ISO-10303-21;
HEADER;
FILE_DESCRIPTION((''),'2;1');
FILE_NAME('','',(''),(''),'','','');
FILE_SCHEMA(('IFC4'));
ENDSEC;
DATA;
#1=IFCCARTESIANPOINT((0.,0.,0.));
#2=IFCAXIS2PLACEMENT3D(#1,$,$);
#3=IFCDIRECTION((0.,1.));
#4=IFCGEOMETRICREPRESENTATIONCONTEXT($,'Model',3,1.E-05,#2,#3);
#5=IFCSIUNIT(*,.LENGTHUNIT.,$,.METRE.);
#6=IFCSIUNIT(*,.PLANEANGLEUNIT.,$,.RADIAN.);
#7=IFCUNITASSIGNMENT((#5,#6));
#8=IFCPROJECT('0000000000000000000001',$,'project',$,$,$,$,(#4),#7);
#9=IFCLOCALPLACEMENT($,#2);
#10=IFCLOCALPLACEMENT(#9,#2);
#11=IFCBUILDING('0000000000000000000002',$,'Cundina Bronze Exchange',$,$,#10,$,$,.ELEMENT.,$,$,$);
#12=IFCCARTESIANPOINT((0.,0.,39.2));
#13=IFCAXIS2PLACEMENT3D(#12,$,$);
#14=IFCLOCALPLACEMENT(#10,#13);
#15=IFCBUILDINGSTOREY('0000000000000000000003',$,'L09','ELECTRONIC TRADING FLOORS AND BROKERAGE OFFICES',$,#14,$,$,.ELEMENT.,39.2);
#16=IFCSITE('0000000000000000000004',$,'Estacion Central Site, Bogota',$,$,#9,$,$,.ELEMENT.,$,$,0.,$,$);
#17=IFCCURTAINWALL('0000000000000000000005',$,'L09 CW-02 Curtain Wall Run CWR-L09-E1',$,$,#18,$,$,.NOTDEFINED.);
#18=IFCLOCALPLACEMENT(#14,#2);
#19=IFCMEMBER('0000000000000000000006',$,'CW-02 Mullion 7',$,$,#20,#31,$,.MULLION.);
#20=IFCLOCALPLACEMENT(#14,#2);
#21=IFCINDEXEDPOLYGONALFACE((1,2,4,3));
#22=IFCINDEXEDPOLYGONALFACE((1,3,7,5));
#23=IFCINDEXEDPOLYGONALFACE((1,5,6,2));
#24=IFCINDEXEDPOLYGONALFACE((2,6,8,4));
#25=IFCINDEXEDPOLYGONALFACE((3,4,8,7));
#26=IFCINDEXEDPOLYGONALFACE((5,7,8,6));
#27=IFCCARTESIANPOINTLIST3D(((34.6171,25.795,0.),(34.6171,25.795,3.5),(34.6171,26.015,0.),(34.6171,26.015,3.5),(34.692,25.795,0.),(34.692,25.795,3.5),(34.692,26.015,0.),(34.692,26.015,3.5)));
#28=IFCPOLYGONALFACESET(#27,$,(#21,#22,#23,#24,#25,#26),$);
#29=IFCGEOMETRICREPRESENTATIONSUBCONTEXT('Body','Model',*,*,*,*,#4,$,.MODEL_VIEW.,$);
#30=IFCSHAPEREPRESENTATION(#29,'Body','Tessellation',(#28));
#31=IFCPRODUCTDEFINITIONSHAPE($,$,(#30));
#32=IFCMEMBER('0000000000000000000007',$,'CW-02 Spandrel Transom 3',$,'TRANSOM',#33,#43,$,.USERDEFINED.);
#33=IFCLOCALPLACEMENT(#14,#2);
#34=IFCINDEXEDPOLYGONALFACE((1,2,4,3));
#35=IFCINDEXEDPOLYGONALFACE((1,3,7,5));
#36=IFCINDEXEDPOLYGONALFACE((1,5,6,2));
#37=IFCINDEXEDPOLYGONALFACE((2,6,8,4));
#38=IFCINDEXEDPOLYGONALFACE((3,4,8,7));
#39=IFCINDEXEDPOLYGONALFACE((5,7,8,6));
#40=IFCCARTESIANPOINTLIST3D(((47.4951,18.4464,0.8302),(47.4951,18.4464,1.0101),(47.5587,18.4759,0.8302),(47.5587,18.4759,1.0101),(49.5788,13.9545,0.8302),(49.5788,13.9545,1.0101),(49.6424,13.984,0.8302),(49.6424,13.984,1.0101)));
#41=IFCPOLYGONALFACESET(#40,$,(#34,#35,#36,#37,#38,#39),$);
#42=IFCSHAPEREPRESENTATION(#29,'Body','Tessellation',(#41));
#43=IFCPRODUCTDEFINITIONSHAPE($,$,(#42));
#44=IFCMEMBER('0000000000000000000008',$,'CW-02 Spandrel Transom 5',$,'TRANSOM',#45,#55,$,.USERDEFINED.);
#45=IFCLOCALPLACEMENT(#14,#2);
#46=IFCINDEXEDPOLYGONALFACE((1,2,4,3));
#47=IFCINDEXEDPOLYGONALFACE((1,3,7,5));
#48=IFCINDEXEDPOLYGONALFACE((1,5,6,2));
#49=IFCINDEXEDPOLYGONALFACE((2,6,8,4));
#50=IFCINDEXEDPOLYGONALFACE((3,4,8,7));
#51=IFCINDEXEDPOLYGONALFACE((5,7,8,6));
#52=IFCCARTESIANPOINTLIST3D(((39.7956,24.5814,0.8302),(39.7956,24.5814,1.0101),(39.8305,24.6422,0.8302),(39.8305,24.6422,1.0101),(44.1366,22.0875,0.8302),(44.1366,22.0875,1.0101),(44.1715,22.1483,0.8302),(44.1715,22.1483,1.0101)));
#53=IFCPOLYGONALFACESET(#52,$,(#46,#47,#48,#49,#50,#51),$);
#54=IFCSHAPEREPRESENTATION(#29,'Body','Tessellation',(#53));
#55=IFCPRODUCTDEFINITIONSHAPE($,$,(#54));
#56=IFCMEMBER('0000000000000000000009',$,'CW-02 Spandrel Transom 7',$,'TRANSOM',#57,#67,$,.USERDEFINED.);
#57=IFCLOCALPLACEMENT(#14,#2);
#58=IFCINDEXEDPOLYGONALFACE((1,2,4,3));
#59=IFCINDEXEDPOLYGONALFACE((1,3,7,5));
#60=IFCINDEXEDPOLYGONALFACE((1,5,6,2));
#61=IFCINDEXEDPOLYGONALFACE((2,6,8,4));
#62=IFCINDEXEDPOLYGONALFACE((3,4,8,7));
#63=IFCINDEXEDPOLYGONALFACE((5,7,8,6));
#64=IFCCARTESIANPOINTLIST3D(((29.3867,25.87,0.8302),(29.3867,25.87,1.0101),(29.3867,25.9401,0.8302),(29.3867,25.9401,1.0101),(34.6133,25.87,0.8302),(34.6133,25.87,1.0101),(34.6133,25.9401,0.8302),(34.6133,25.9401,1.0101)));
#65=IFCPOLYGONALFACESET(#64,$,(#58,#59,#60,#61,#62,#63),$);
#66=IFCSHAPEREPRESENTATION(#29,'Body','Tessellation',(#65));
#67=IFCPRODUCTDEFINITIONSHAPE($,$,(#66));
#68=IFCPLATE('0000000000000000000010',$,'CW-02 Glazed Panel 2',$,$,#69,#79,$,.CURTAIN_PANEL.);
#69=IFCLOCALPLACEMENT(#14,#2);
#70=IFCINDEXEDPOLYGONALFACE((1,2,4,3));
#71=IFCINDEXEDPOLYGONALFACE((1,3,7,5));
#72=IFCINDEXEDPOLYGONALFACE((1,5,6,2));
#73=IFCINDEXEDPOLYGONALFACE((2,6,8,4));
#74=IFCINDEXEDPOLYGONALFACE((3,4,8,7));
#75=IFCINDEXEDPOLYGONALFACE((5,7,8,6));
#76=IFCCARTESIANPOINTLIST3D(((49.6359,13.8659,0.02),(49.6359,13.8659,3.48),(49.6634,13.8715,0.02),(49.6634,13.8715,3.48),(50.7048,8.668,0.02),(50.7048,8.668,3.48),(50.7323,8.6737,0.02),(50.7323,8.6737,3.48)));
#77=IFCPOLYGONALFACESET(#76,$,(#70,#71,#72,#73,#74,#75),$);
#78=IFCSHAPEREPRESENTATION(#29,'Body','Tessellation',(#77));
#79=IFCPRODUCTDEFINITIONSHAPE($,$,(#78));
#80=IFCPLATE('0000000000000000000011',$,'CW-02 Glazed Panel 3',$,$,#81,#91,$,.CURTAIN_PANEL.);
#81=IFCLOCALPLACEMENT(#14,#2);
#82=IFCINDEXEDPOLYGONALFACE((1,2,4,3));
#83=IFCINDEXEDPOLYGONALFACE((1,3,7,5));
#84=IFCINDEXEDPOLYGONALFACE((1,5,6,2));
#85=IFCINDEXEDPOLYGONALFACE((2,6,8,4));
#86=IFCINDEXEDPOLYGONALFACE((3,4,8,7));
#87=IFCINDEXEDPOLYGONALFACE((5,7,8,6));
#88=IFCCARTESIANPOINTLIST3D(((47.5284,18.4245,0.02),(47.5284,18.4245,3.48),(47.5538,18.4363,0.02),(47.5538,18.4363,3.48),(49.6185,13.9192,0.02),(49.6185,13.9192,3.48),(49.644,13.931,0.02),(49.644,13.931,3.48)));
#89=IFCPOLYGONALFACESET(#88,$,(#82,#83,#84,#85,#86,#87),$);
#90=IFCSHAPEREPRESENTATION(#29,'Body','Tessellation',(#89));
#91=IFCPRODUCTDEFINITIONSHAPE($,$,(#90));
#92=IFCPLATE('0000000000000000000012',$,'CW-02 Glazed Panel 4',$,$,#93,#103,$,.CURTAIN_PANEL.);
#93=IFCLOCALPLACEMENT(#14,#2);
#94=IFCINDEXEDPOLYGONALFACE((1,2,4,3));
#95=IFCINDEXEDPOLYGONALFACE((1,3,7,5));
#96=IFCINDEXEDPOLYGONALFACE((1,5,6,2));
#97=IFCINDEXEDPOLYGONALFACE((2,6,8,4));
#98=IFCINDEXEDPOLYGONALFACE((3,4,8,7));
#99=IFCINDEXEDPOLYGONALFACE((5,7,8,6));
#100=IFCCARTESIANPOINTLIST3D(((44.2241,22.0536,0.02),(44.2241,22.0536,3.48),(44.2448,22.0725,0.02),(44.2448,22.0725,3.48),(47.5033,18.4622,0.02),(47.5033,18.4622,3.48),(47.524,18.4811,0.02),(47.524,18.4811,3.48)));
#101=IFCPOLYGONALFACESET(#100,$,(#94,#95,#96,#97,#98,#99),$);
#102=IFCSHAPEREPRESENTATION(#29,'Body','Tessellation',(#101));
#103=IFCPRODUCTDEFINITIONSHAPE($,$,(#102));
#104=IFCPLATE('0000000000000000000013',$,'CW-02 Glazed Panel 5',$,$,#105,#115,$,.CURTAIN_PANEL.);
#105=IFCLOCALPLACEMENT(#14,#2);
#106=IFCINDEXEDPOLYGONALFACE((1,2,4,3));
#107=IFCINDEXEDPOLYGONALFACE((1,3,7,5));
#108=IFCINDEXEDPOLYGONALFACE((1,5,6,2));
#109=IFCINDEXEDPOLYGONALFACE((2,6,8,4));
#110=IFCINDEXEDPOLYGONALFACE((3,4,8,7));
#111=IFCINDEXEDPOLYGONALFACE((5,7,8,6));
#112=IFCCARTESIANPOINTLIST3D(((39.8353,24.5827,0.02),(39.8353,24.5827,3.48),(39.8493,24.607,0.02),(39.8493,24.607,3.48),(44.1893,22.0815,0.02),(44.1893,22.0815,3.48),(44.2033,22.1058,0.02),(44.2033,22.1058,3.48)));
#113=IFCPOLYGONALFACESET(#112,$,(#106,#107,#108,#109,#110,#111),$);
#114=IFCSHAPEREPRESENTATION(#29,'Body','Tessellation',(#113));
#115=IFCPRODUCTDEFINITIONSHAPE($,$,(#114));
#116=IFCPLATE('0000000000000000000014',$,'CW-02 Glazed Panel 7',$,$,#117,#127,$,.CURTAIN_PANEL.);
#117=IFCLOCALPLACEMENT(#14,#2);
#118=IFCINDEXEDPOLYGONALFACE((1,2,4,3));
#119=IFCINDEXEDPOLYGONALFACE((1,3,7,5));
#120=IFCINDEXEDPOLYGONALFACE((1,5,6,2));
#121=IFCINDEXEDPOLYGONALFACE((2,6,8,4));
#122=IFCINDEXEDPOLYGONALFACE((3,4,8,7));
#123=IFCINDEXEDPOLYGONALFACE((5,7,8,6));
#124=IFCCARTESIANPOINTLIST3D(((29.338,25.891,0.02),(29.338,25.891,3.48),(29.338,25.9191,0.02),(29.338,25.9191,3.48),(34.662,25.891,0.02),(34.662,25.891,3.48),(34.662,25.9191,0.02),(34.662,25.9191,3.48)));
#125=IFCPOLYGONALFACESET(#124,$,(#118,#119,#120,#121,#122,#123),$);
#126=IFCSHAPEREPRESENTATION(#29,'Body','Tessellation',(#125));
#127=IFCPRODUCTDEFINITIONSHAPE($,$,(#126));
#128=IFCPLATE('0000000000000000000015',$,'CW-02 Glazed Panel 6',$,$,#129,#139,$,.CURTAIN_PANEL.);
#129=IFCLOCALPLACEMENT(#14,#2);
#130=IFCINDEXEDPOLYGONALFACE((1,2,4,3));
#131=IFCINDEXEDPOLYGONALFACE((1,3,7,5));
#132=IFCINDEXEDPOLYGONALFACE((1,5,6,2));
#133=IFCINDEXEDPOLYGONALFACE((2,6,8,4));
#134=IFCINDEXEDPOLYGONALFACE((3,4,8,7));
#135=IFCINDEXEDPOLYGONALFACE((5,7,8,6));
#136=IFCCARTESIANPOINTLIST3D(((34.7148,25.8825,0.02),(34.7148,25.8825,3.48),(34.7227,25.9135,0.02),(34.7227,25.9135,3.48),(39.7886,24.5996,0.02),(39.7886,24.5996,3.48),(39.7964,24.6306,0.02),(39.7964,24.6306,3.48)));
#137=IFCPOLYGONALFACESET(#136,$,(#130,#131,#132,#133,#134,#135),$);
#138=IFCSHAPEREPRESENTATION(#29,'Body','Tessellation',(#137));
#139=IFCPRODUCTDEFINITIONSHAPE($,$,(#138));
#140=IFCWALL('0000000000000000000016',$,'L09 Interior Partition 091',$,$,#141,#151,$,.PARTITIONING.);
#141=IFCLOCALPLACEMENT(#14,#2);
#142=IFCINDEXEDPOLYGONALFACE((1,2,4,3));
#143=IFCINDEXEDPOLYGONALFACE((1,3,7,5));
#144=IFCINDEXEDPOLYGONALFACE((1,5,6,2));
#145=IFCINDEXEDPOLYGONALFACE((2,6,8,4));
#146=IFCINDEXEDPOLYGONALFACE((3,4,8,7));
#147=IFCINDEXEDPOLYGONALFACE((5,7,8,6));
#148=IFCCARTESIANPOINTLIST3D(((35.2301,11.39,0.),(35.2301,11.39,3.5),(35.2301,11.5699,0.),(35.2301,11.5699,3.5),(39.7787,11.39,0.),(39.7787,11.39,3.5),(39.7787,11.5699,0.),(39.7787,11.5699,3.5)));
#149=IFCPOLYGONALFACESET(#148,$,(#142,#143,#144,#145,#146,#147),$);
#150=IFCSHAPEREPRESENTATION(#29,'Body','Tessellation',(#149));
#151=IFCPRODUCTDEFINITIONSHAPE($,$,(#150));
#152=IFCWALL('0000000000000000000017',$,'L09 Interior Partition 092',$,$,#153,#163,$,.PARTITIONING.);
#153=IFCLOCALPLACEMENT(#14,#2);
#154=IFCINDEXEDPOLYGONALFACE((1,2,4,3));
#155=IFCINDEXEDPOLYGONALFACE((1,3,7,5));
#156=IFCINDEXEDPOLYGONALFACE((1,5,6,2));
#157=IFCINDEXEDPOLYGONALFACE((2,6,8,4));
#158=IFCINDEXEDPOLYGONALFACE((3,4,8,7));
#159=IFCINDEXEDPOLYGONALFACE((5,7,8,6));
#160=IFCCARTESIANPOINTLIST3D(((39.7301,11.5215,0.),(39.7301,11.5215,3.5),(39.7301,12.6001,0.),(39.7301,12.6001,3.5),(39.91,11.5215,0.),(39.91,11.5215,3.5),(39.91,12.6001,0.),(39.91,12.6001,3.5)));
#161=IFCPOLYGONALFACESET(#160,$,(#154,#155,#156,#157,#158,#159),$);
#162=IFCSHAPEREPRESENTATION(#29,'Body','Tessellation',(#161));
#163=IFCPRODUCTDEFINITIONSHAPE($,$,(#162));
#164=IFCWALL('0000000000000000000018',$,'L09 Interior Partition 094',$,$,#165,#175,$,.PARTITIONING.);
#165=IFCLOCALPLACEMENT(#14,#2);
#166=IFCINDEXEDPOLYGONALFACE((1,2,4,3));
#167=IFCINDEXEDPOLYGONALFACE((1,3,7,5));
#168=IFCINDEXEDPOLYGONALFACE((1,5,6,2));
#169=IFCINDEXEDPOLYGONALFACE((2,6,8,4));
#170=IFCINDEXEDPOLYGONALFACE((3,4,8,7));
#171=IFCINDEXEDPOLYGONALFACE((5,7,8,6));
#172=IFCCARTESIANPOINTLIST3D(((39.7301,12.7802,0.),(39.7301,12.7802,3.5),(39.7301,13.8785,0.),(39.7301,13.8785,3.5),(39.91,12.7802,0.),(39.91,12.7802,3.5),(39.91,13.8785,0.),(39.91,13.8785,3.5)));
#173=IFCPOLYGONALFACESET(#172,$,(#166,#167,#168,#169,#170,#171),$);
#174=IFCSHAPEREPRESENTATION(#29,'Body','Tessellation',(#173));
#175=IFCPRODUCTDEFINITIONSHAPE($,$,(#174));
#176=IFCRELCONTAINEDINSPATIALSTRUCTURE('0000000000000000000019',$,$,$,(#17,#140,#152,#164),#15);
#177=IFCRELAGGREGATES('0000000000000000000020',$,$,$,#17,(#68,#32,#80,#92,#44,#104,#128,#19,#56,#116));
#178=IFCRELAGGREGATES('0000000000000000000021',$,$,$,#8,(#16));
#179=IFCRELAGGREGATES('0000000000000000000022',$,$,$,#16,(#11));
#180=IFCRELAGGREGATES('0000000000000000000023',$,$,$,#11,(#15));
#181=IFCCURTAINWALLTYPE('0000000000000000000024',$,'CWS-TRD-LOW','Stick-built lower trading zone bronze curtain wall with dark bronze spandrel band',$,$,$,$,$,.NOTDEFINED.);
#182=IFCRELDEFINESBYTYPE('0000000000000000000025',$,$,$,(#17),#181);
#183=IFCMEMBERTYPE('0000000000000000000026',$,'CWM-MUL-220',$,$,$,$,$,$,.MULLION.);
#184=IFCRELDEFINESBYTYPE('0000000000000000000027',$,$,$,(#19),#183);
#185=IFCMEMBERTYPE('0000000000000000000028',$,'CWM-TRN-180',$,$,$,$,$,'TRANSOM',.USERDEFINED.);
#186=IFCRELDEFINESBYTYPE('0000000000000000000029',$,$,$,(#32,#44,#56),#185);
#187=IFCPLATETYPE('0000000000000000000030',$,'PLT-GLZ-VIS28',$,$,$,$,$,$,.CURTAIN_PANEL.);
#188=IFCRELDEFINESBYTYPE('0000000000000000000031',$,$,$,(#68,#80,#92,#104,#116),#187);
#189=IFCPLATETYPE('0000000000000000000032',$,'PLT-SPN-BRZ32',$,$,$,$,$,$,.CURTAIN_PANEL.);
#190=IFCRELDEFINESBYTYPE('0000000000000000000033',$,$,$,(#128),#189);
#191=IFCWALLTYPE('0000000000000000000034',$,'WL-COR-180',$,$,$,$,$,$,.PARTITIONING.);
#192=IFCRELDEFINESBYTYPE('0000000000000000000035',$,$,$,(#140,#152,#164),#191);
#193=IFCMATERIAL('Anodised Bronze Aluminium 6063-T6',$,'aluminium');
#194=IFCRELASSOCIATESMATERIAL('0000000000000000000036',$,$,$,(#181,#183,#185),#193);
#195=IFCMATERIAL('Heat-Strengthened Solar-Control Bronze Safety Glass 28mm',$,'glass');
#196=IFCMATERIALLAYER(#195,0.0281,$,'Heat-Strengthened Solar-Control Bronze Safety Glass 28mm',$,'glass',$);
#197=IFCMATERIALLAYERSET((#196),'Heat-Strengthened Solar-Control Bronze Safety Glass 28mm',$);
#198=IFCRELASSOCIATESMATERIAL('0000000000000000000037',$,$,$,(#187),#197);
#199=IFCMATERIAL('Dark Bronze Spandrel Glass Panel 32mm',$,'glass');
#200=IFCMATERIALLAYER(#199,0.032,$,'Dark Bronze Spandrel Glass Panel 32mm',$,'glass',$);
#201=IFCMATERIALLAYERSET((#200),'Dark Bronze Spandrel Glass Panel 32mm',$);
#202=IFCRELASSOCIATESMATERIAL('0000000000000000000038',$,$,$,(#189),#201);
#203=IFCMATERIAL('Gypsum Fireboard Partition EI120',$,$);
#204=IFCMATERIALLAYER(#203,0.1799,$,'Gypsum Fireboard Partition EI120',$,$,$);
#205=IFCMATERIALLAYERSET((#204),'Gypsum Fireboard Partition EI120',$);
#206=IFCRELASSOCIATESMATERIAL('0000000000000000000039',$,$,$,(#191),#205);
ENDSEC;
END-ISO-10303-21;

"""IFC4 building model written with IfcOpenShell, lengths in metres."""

from ifc_helpers import new_model, si_unit, direction, frame, frame_2d, origin, origin_2d, place, context, subcontext, project, spatial, rectangle, extrude, material, layer, layer_set, material_profile, profile_set, type_object, element, aggregate, save


model = new_model("IFC4")

# Units and contexts
model_context = context("Model", 3, precision=1e-05, world=origin(), true_north=direction((0.0, 1.0)))
body_context = subcontext(model_context, "Body", "Model", "MODEL_VIEW")
ifc_project = project(units=[si_unit("LENGTHUNIT", "METRE"), si_unit("PLANEANGLEUNIT", "RADIAN")], contexts=[model_context])

# Site, building, storey
site_placement = place(None, origin())
site = spatial("IfcSite", under=ifc_project, at=site_placement, Name="Estacion Central Site, Bogota", CompositionType="ELEMENT", RefElevation=0.0)
building_placement = place(site_placement, origin())
building = spatial("IfcBuilding", under=site, at=building_placement, Name="Cundina Bronze Exchange", CompositionType="ELEMENT")
storey_placement = place(building_placement, frame((0.0, 0.0, 39.2)))
storey = spatial("IfcBuildingStorey", under=building, at=storey_placement, Name="L09", Description="ELECTRONIC TRADING FLOORS AND BROKERAGE OFFICES", CompositionType="ELEMENT", Elevation=39.2)

# Curtain wall, members, plates
ifc_material_1 = material(Name="Anodised Bronze Aluminium 6063-T6", Category="aluminium")
curtain_wall_type = type_object("IfcCurtainWallType", Name="CWS-TRD-LOW", Description="Stick-built lower trading zone bronze curtain wall with dark bronze spandrel band", PredefinedType="NOTDEFINED", material=ifc_material_1)
curtain_wall_placement = place(storey_placement, origin())
curtain_wall = element("IfcCurtainWall", 1, at=curtain_wall_placement, inside=storey, type_object=curtain_wall_type, Name="L09 CW-02 Curtain Wall Run CWR-L09-E1", PredefinedType="NOTDEFINED")
ifc_material_profile_1 = material_profile(ifc_material_1, rectangle(XDim=0.075, YDim=0.22, at=origin_2d()), Name="AL75X220", Category="aluminium")
ifc_profile_set_1 = profile_set([ifc_material_profile_1], Name="Anodised Bronze Aluminium 6063-T6")
member_type_1 = type_object("IfcMemberType", Name="CWM-MUL-220", PredefinedType="MULLION", material=ifc_profile_set_1)
member_1_placement = place(storey_placement, frame((34.6545, 25.905, 0.0), z_axis=(0.0, 0.0, 1.0), x_axis=(-1.0, 0.0, 0.0)))
member_1 = element("IfcMember", 2, at=member_1_placement, type_object=member_type_1, Name="CW-02 Mullion 7", PredefinedType="MULLION", context=body_context, shape_type="SweptSolid", body=[
    extrude(rectangle(XDim=0.075, YDim=0.22, at=origin_2d()), origin(), (0.0, 0.0, 1.0), 3.5),
])
ifc_material_profile_2 = material_profile(ifc_material_1, rectangle(XDim=0.0701, YDim=0.1799, at=origin_2d()), Name="AL70X180", Category="aluminium")
ifc_profile_set_2 = profile_set([ifc_material_profile_2], Name="Anodised Bronze Aluminium 6063-T6")
member_type_2 = type_object("IfcMemberType", Name="CWM-TRN-180", ElementType="TRANSOM", PredefinedType="USERDEFINED", material=ifc_profile_set_2)
member_2_placement = place(storey_placement, frame((49.6106, 13.9692, 0.9202), z_axis=(-0.420811, 0.907148, 0.0), x_axis=(-0.907148, -0.420811, 0.0)))
member_2 = element("IfcMember", 3, at=member_2_placement, type_object=member_type_2, Name="CW-02 Spandrel Transom 3", ObjectType="TRANSOM", PredefinedType="USERDEFINED", context=body_context, shape_type="SweptSolid", body=[
    extrude(rectangle(XDim=0.0701, YDim=0.1799, at=origin_2d()), origin(), (0.0, 0.0, 1.0), 4.9517),
])
member_3_placement = place(storey_placement, frame((44.1541, 22.1179, 0.9202), z_axis=(-0.867097, 0.498139, 0.0), x_axis=(-0.498139, -0.867097, 0.0)))
member_3 = element("IfcMember", 4, at=member_3_placement, type_object=member_type_2, Name="CW-02 Spandrel Transom 5", ObjectType="TRANSOM", PredefinedType="USERDEFINED", context=body_context, shape_type="SweptSolid", body=[
    extrude(rectangle(XDim=0.0701, YDim=0.1799, at=origin_2d()), origin(), (0.0, 0.0, 1.0), 5.0063),
])
member_4_placement = place(storey_placement, frame((34.6133, 25.905, 0.9202), z_axis=(-1.0, 0.0, 0.0), x_axis=(0.0, -1.0, 0.0)))
member_4 = element("IfcMember", 5, at=member_4_placement, type_object=member_type_2, Name="CW-02 Spandrel Transom 7", ObjectType="TRANSOM", PredefinedType="USERDEFINED", context=body_context, shape_type="SweptSolid", body=[
    extrude(rectangle(XDim=0.0701, YDim=0.1799, at=origin_2d()), origin(), (0.0, 0.0, 1.0), 5.2266),
])
ifc_material_2 = material(Name="Heat-Strengthened Solar-Control Bronze Safety Glass 28mm", Category="glass")
ifc_layer_1 = layer(ifc_material_2, 0.0281, Name="Heat-Strengthened Solar-Control Bronze Safety Glass 28mm", Category="glass")
ifc_layer_set_1 = layer_set([ifc_layer_1], Name="Heat-Strengthened Solar-Control Bronze Safety Glass 28mm")
plate_type_1 = type_object("IfcPlateType", Name="PLT-GLZ-VIS28", PredefinedType="CURTAIN_PANEL", material=ifc_layer_set_1)
plate_1_placement = place(storey_placement, frame((50.1841, 11.2698, 0.02), z_axis=(0.0, 0.0, 1.0), x_axis=(-0.20142, 0.979505, 0.0)))
plate_1 = element("IfcPlate", 6, at=plate_1_placement, type_object=plate_type_1, Name="CW-02 Glazed Panel 2", PredefinedType="CURTAIN_PANEL", context=body_context, shape_type="SweptSolid", body=[
    extrude(rectangle(XDim=5.3066, YDim=0.0281, at=origin_2d()), origin(), (0.0, 0.0, 1.0), 3.46),
])
plate_2_placement = place(storey_placement, frame((48.5862, 16.1777, 0.02), z_axis=(0.0, 0.0, 1.0), x_axis=(-0.420846, 0.907132, 0.0)))
plate_2 = element("IfcPlate", 7, at=plate_2_placement, type_object=plate_type_1, Name="CW-02 Glazed Panel 3", PredefinedType="CURTAIN_PANEL", context=body_context, shape_type="SweptSolid", body=[
    extrude(rectangle(XDim=4.9666, YDim=0.0281, at=origin_2d()), origin(), (0.0, 0.0, 1.0), 3.46),
])
plate_3_placement = place(storey_placement, frame((45.874, 20.2673, 0.02), z_axis=(0.0, 0.0, 1.0), x_axis=(-0.674277, 0.738479, 0.0)))
plate_3 = element("IfcPlate", 8, at=plate_3_placement, type_object=plate_type_1, Name="CW-02 Glazed Panel 4", PredefinedType="CURTAIN_PANEL", context=body_context, shape_type="SweptSolid", body=[
    extrude(rectangle(XDim=4.8633, YDim=0.0281, at=origin_2d()), origin(), (0.0, 0.0, 1.0), 3.46),
])
plate_4_placement = place(storey_placement, frame((42.0193, 23.3442, 0.02), z_axis=(0.0, 0.0, 1.0), x_axis=(-0.867105, 0.498125, 0.0)))
plate_4 = element("IfcPlate", 9, at=plate_4_placement, type_object=plate_type_1, Name="CW-02 Glazed Panel 5", PredefinedType="CURTAIN_PANEL", context=body_context, shape_type="SweptSolid", body=[
    extrude(rectangle(XDim=5.0212, YDim=0.0281, at=origin_2d()), origin(), (0.0, 0.0, 1.0), 3.46),
])
plate_5_placement = place(storey_placement, frame((32.0, 25.905, 0.02), z_axis=(0.0, 0.0, 1.0), x_axis=(-1.0, 0.0, 0.0)))
plate_5 = element("IfcPlate", 10, at=plate_5_placement, type_object=plate_type_1, Name="CW-02 Glazed Panel 7", PredefinedType="CURTAIN_PANEL", context=body_context, shape_type="SweptSolid", body=[
    extrude(rectangle(XDim=5.324, YDim=0.0281, at=origin_2d()), origin(), (0.0, 0.0, 1.0), 3.46),
])
ifc_material_3 = material(Name="Dark Bronze Spandrel Glass Panel 32mm", Category="glass")
ifc_layer_2 = layer(ifc_material_3, 0.032, Name="Dark Bronze Spandrel Glass Panel 32mm", Category="glass")
ifc_layer_set_2 = layer_set([ifc_layer_2], Name="Dark Bronze Spandrel Glass Panel 32mm")
plate_type_2 = type_object("IfcPlateType", Name="PLT-SPN-BRZ32", PredefinedType="CURTAIN_PANEL", material=ifc_layer_set_2)
plate_6_placement = place(storey_placement, frame((37.2556, 25.2566, 0.02), z_axis=(0.0, 0.0, 1.0), x_axis=(-0.969488, 0.245138, 0.0)))
plate_6 = element("IfcPlate", 11, at=plate_6_placement, type_object=plate_type_2, Name="CW-02 Glazed Panel 6", PredefinedType="CURTAIN_PANEL", context=body_context, shape_type="SweptSolid", body=[
    extrude(rectangle(XDim=5.2334, YDim=0.032, at=origin_2d()), origin(), (0.0, 0.0, 1.0), 3.46),
])
aggregate(curtain_wall, [plate_1, member_2, plate_2, plate_3, member_3, plate_4, plate_6, member_1, member_4, plate_5])

# Walls
ifc_material_4 = material(Name="Gypsum Fireboard Partition EI120")
ifc_layer_3 = layer(ifc_material_4, 0.1799, Name="Gypsum Fireboard Partition EI120")
ifc_layer_set_3 = layer_set([ifc_layer_3], Name="Gypsum Fireboard Partition EI120")
wall_type_1 = type_object("IfcWallType", Name="WL-COR-180", PredefinedType="PARTITIONING", material=ifc_layer_set_3)
wall_1_placement = place(storey_placement, frame((35.23, 11.48, 0.0), z_axis=(0.0, 0.0, 1.0), x_axis=(1.0, 0.0, 0.0)))
element("IfcWall", 12, at=wall_1_placement, inside=storey, type_object=wall_type_1, Name="L09 Interior Partition 091", PredefinedType="PARTITIONING", context=body_context, shape_type="SweptSolid", body=[
    extrude(rectangle(XDim=4.5486, YDim=0.1799, at=frame_2d((2.2744, 0.0))), origin(), (0.0, 0.0, 1.0), 3.5),
])
wall_2_placement = place(storey_placement, frame((39.8201, 11.5215, 0.0), z_axis=(0.0, 0.0, 1.0), x_axis=(0.0, 1.0, 0.0)))
element("IfcWall", 13, at=wall_2_placement, inside=storey, type_object=wall_type_1, Name="L09 Interior Partition 092", PredefinedType="PARTITIONING", context=body_context, shape_type="SweptSolid", body=[
    extrude(rectangle(XDim=1.0786, YDim=0.1799, at=frame_2d((0.5393, 0.0))), origin(), (0.0, 0.0, 1.0), 3.5),
])

# Wall
wall_3_placement = place(storey_placement, frame((39.8201, 12.78, 0.0), z_axis=(0.0, 0.0, 1.0), x_axis=(0.0, 1.0, 0.0)))
element("IfcWall", 14, at=wall_3_placement, inside=storey, type_object=wall_type_1, Name="L09 Interior Partition 094", PredefinedType="PARTITIONING", context=body_context, shape_type="SweptSolid", body=[
    extrude(rectangle(XDim=1.0984, YDim=0.1799, at=frame_2d((0.5493, 0.0))), origin(), (0.0, 0.0, 1.0), 3.5),
])

save(model, "model.ifc")
